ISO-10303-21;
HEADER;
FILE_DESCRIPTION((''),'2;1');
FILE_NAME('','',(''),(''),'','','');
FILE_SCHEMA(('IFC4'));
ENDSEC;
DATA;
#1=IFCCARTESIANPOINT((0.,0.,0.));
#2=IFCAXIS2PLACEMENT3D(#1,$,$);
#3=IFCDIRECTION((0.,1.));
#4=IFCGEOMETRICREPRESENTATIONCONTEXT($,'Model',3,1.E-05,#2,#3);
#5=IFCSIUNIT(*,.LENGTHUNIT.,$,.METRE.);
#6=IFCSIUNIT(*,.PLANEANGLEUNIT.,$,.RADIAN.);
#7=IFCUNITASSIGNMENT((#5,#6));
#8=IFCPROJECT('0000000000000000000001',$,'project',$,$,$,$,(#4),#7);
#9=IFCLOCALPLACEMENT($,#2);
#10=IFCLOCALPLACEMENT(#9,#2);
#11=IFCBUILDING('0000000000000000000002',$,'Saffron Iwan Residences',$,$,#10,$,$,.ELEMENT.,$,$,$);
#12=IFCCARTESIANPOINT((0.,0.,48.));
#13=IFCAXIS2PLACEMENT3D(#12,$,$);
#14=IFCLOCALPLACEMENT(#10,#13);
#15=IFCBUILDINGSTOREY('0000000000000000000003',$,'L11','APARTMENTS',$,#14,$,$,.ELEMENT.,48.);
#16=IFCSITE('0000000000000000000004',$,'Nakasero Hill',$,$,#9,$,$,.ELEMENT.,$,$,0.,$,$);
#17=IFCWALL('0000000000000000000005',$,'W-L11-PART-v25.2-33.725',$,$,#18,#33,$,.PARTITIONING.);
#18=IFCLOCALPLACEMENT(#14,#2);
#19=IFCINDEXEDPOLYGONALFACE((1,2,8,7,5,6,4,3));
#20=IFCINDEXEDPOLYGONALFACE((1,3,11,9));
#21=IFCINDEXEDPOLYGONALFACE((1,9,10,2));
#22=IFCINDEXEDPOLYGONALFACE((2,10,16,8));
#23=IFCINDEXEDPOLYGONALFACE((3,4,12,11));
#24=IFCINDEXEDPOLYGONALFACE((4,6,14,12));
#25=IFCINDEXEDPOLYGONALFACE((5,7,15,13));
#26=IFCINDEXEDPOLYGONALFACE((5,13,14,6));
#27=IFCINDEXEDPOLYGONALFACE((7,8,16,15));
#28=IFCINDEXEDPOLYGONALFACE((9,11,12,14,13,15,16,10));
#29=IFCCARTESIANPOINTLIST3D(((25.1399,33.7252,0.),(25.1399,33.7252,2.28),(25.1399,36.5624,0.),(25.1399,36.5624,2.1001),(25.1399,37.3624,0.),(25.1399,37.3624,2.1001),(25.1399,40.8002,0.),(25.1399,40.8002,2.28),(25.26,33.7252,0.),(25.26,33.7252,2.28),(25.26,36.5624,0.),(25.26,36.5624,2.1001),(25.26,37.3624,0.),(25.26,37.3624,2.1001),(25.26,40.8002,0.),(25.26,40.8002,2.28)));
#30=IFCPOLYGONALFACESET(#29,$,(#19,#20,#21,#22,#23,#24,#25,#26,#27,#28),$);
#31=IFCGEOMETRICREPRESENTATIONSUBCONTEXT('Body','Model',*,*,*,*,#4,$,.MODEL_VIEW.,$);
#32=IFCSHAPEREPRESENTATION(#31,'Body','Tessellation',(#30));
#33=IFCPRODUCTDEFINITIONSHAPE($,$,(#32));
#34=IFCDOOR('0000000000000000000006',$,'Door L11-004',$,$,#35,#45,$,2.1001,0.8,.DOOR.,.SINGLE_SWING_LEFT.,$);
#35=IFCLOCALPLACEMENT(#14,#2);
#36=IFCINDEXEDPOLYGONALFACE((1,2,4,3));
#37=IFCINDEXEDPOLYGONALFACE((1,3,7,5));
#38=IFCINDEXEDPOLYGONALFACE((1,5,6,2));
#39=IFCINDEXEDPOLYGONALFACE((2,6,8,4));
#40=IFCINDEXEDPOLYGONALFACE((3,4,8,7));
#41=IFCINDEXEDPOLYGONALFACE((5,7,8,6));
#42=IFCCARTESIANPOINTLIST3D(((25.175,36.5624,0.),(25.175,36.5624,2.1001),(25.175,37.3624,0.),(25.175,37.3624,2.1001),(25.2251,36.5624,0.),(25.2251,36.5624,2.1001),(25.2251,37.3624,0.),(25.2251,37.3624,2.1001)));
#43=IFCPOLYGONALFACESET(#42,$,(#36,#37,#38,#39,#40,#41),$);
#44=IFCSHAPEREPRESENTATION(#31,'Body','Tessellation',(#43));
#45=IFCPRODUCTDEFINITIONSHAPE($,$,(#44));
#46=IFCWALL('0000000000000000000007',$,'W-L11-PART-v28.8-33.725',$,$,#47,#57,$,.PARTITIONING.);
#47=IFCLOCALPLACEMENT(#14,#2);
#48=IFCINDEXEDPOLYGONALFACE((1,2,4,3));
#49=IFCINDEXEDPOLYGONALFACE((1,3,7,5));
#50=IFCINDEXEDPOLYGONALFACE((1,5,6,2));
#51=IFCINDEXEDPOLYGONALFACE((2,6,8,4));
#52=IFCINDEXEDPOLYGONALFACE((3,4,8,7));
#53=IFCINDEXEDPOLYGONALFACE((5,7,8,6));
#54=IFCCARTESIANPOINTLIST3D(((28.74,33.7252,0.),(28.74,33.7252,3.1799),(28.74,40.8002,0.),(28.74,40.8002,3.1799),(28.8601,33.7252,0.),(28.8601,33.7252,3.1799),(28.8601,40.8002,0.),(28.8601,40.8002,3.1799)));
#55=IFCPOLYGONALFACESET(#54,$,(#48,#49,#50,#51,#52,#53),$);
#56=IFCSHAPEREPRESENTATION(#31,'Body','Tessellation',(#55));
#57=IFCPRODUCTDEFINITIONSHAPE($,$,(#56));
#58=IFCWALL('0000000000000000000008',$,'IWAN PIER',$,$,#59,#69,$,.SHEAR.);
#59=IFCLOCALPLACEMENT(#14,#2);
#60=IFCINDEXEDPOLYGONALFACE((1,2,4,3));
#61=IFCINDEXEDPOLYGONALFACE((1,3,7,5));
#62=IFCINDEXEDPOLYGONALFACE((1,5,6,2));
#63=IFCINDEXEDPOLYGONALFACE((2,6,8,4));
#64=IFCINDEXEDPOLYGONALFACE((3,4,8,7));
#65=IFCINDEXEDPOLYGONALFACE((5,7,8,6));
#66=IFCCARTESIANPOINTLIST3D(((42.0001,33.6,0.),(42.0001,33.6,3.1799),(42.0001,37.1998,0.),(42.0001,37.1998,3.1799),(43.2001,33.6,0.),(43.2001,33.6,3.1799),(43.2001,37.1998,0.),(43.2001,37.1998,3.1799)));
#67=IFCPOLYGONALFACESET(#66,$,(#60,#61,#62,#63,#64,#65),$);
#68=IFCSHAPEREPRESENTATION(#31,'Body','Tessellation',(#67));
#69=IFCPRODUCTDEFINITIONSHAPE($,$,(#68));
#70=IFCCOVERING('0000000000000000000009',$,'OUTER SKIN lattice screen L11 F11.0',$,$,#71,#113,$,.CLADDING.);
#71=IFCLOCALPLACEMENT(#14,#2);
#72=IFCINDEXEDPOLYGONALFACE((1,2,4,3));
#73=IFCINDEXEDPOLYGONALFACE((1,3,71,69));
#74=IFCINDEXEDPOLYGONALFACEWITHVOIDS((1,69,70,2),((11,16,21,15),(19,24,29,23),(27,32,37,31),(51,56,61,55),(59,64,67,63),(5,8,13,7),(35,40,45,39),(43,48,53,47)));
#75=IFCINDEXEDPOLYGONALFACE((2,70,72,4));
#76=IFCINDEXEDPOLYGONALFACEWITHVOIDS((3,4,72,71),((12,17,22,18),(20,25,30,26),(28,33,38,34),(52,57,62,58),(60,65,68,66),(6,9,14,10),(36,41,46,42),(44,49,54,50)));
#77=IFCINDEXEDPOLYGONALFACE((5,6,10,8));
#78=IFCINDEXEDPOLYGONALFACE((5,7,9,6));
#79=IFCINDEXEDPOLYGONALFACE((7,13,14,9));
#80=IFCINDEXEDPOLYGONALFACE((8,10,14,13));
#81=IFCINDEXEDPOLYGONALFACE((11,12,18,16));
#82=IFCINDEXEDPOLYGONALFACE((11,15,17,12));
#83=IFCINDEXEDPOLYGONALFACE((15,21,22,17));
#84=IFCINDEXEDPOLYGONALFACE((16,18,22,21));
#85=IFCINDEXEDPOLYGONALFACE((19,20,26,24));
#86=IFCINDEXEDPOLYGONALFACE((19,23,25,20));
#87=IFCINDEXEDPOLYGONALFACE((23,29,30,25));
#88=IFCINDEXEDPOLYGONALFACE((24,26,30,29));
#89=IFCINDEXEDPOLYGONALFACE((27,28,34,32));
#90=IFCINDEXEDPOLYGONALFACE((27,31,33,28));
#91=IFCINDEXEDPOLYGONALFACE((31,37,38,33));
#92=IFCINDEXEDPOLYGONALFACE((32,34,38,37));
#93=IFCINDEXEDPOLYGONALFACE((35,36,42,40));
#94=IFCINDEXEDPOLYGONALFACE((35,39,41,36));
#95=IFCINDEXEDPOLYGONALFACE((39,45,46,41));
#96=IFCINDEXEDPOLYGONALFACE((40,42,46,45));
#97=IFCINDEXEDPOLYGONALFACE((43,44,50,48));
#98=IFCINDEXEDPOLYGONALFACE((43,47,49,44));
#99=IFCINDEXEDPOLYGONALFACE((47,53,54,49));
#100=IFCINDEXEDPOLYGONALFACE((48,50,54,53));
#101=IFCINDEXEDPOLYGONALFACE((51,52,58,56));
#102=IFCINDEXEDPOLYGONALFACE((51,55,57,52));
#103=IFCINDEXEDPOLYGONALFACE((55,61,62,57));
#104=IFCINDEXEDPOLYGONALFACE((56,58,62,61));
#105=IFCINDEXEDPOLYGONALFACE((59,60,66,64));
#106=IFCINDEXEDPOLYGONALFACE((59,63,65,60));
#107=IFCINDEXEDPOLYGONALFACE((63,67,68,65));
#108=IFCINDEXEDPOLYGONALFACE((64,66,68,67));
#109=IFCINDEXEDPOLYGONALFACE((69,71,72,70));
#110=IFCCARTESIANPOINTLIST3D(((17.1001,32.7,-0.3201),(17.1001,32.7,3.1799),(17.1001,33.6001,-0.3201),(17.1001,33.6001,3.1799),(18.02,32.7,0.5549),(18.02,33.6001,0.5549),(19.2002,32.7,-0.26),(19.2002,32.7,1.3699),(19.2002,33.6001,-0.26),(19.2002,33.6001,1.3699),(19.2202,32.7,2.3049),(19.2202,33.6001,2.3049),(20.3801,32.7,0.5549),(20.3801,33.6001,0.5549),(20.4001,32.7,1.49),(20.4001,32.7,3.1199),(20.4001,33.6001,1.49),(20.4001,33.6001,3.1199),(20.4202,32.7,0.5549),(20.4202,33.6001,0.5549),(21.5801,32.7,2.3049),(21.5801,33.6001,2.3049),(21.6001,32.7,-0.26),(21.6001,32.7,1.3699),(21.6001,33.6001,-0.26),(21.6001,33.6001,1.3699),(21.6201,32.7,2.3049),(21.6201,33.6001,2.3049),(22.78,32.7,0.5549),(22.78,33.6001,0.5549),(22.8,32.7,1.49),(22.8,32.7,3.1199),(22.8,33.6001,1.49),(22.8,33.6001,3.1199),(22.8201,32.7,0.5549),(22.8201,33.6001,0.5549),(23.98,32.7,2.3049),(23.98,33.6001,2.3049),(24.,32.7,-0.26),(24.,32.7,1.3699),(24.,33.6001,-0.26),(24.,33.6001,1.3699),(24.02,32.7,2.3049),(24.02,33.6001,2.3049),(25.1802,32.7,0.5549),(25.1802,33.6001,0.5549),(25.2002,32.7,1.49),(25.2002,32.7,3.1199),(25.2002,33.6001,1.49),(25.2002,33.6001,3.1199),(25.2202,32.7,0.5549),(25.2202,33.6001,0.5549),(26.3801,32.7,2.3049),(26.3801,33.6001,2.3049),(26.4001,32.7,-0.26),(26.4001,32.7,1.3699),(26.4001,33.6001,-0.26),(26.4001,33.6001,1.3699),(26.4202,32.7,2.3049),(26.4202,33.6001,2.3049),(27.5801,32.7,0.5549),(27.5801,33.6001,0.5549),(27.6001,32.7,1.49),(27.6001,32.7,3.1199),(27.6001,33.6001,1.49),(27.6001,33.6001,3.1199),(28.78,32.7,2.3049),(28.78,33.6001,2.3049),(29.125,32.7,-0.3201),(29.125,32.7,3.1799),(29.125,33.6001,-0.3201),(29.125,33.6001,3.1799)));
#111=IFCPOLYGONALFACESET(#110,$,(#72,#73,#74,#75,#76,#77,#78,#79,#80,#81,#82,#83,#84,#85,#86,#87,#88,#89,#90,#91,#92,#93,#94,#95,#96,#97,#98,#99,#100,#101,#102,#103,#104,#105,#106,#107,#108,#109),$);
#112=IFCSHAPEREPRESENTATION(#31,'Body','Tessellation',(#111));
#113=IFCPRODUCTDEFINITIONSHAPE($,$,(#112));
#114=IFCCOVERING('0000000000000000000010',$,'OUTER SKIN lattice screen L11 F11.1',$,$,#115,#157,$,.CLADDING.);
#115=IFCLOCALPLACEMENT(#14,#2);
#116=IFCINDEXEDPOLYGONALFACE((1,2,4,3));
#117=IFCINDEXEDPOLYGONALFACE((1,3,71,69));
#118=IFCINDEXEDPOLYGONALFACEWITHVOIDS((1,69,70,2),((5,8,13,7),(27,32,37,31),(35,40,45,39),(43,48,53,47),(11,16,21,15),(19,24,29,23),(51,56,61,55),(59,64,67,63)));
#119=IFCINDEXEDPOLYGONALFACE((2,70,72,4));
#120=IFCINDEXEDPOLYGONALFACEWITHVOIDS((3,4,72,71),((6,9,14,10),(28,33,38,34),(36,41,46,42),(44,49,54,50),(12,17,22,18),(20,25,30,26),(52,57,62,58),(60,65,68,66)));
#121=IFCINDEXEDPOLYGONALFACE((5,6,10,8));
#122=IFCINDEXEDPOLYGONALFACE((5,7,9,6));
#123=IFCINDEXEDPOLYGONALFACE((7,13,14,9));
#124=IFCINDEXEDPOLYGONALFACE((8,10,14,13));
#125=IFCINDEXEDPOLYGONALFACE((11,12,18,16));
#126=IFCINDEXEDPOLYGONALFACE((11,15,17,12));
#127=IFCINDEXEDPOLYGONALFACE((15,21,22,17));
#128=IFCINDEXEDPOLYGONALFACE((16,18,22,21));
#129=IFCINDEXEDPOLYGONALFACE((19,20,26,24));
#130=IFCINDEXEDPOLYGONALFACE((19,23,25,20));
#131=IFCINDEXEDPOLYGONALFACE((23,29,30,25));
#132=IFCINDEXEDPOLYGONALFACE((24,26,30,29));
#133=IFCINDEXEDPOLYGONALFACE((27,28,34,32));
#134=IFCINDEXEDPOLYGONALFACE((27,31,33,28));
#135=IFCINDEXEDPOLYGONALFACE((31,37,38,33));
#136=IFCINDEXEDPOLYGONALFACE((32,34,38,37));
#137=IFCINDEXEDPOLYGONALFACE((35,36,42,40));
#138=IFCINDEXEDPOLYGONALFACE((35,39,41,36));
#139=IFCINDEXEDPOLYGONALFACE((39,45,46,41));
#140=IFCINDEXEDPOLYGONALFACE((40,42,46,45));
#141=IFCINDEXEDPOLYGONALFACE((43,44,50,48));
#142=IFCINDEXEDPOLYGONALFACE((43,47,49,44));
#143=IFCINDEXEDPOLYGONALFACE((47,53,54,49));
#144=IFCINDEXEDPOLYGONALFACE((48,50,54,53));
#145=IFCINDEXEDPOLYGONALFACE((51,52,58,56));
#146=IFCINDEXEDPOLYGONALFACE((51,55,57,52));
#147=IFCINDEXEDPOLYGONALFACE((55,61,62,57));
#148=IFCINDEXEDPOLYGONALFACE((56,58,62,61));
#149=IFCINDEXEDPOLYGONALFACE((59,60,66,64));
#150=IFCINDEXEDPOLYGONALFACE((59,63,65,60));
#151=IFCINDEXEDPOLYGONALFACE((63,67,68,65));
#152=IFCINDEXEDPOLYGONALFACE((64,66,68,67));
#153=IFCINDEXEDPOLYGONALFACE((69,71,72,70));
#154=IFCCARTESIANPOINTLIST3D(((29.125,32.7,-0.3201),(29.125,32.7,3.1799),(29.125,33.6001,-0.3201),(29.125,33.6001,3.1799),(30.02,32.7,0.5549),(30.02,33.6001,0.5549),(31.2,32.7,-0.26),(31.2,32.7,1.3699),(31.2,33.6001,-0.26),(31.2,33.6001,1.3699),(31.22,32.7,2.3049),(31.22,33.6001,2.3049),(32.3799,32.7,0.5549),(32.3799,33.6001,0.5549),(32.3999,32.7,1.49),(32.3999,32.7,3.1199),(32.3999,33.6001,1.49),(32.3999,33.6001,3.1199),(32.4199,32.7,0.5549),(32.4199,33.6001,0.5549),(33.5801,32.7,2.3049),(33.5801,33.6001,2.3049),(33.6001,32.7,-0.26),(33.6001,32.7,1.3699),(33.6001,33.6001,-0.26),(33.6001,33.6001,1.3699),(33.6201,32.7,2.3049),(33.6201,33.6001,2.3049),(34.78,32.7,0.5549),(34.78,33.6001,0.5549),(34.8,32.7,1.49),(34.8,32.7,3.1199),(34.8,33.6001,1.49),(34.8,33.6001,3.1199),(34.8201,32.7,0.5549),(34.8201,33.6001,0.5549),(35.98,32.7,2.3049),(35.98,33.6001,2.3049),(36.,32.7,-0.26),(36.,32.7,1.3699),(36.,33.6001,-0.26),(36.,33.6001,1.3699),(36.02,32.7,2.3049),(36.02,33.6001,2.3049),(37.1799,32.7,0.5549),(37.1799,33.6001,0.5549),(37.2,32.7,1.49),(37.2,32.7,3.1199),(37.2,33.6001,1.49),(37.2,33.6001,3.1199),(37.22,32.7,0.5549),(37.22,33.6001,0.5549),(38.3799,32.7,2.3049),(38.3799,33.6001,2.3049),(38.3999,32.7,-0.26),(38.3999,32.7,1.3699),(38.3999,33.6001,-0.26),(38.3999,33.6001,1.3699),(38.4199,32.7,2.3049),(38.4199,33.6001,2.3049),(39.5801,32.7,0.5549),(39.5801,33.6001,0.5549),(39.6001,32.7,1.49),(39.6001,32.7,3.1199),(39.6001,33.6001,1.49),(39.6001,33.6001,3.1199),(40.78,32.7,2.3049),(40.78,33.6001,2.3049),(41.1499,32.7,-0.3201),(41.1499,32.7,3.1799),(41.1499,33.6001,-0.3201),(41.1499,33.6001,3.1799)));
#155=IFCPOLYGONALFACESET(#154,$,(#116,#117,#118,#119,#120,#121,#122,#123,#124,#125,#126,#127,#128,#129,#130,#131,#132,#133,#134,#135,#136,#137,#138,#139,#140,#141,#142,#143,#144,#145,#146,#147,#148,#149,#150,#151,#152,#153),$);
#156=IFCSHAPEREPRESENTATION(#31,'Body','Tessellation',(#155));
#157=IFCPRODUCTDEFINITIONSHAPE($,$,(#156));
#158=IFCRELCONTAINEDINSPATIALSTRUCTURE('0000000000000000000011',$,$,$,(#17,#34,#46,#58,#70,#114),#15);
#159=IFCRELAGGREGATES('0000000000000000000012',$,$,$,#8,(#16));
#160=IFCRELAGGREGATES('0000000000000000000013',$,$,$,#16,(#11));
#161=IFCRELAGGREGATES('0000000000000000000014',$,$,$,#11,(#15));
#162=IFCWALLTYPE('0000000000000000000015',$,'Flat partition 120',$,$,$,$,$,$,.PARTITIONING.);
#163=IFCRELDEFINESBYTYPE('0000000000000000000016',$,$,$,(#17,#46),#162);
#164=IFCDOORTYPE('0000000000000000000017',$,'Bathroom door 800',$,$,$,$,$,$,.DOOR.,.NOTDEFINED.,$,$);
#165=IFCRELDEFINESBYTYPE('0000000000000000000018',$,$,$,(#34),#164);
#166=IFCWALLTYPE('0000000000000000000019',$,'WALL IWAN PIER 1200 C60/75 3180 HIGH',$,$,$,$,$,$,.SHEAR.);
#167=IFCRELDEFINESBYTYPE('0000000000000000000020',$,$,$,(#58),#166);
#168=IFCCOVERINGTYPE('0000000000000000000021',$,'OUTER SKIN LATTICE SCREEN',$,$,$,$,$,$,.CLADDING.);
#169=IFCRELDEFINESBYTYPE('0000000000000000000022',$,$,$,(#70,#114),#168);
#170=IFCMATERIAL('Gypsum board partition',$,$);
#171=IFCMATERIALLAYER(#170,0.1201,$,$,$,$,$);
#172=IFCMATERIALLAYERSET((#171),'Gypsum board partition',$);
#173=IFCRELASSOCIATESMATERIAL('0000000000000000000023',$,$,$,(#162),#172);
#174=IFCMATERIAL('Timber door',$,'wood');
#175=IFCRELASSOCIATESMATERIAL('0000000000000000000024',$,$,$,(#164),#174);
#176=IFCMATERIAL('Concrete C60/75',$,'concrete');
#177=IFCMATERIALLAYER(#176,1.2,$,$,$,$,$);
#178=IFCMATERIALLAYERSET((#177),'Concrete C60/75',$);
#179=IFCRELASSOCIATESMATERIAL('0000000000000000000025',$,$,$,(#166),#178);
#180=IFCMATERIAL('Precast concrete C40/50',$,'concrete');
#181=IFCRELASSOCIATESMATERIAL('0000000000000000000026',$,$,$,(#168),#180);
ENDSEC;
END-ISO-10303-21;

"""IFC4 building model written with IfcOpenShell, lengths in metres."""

from ifc_helpers import new_model, si_unit, direction, frame, frame_2d, origin, place, context, subcontext, project, spatial, polyline, rectangle, outline, extrude, material, layer, layer_set, type_object, element, fill, save


model = new_model("IFC4")

# Units and contexts
model_context = context("Model", 3, precision=1e-05, world=origin(), true_north=direction((0.0, 1.0)))
body_context = subcontext(model_context, "Body", "Model", "MODEL_VIEW")
ifc_project = project(units=[si_unit("LENGTHUNIT", "METRE"), si_unit("PLANEANGLEUNIT", "RADIAN")], contexts=[model_context])

# Site, building, storey
site_placement = place(None, origin())
site = spatial("IfcSite", under=ifc_project, at=site_placement, Name="Nakasero Hill", CompositionType="ELEMENT", RefElevation=0.0)
building_placement = place(site_placement, origin())
building = spatial("IfcBuilding", under=site, at=building_placement, Name="Saffron Iwan Residences", CompositionType="ELEMENT")
storey_placement = place(building_placement, frame((0.0, 0.0, 48.0)))
storey = spatial("IfcBuildingStorey", under=building, at=storey_placement, Name="L11", Description="APARTMENTS", CompositionType="ELEMENT", Elevation=48.0)

# Shared definitions
ifc_material_1 = material(Name="Gypsum board partition")
ifc_layer_1 = layer(ifc_material_1, 0.1201)
ifc_layer_set_1 = layer_set([ifc_layer_1], Name="Gypsum board partition")
wall_type_1 = type_object("IfcWallType", Name="Flat partition 120", PredefinedType="PARTITIONING", material=ifc_layer_set_1)
ifc_material_2 = material(Name="Timber door", Category="wood")

# Wall, opening, door
wall_1_placement = place(storey_placement, frame((25.2, 33.7251, 0.0), z_axis=(0.0, 0.0, 1.0), x_axis=(0.0, 1.0, 0.0)))
wall_1 = element("IfcWall", 1, at=wall_1_placement, inside=storey, type_object=wall_type_1, Name="W-L11-PART-v25.2-33.725", PredefinedType="PARTITIONING", context=body_context, shape_type="SweptSolid", body=[
    extrude(rectangle(XDim=7.075, YDim=0.1201, at=frame_2d((3.5376, 0.0))), origin(), (0.0, 0.0, 1.0), 2.28),
])
opening_1_placement = place(wall_1_placement, frame((2.8374, 0.0, 0.0)))
opening_1 = element("IfcOpeningElement", 2, at=opening_1_placement, cuts=wall_1, PredefinedType="OPENING", context=body_context, shape_type="SweptSolid", body=[
    extrude(rectangle(XDim=0.8, YDim=2.1001, at=frame_2d((0.3999, 1.05))), frame((0.0, 0.0701, 0.0), z_axis=(0.0, -1.0, 0.0), x_axis=(1.0, 0.0, 0.0)), (0.0, 0.0, 1.0), 0.1401),
])
door_type_1 = type_object("IfcDoorType", Name="Bathroom door 800", OperationType="NOTDEFINED", PredefinedType="DOOR", material=ifc_material_2)
door_1_placement = place(opening_1_placement, origin())
door_1 = element("IfcDoor", 3, at=door_1_placement, inside=storey, type_object=door_type_1, Name="Door L11-004", OperationType="SINGLE_SWING_LEFT", OverallHeight=2.1001, OverallWidth=0.8, PredefinedType="DOOR", context=body_context, shape_type="SweptSolid", body=[
    extrude(rectangle(XDim=0.8, YDim=2.1001, at=frame_2d((0.3999, 1.05))), frame((0.0, 0.0249, 0.0), z_axis=(0.0, -1.0, 0.0), x_axis=(1.0, 0.0, 0.0)), (0.0, 0.0, 1.0), 0.05),
])
fill(opening_1, door_1)

# Walls
wall_2_placement = place(storey_placement, frame((28.8, 33.7251, 0.0), z_axis=(0.0, 0.0, 1.0), x_axis=(0.0, 1.0, 0.0)))
element("IfcWall", 4, at=wall_2_placement, inside=storey, type_object=wall_type_1, Name="W-L11-PART-v28.8-33.725", PredefinedType="PARTITIONING", context=body_context, shape_type="SweptSolid", body=[
    extrude(rectangle(XDim=7.075, YDim=0.1201, at=frame_2d((3.5376, 0.0))), origin(), (0.0, 0.0, 1.0), 3.1799),
])
ifc_material_3 = material(Name="Concrete C60/75", Category="concrete")
ifc_layer_2 = layer(ifc_material_3, 1.2)
ifc_layer_set_2 = layer_set([ifc_layer_2], Name="Concrete C60/75")
wall_type_2 = type_object("IfcWallType", Name="WALL IWAN PIER 1200 C60/75 3180 HIGH", PredefinedType="SHEAR", material=ifc_layer_set_2)
wall_3_placement = place(storey_placement, frame((42.6001, 33.6001, 0.0), z_axis=(0.0, 0.0, 1.0), x_axis=(0.0, 1.0, 0.0)))
element("IfcWall", 5, at=wall_3_placement, inside=storey, type_object=wall_type_2, Name="IWAN PIER", PredefinedType="SHEAR", context=body_context, shape_type="SweptSolid", body=[
    extrude(rectangle(XDim=3.5999, YDim=1.2, at=frame_2d((1.7998, 0.0))), origin(), (0.0, 0.0, 1.0), 3.1799),
])

# Coverings
ifc_material_4 = material(Name="Precast concrete C40/50", Category="concrete")
covering_type = type_object("IfcCoveringType", Name="OUTER SKIN LATTICE SCREEN", PredefinedType="CLADDING", material=ifc_material_4)
covering_1_placement = place(storey_placement, frame((17.1001, 33.6001, -0.3201), z_axis=(0.0, -1.0, 0.0), x_axis=(1.0, 0.0, 0.0)))
element("IfcCovering", 6, at=covering_1_placement, inside=storey, type_object=covering_type, Name="OUTER SKIN lattice screen L11 F11.0", PredefinedType="CLADDING", context=body_context, shape_type="SweptSolid", body=[
    extrude(outline(polyline([(0.0, 0.0), (12.0249, 0.0), (12.0249, 3.5), (0.0, 3.5), (0.0, 0.0)]), holes=[polyline([(0.9199, 0.875), (2.1001, 0.0601), (3.28, 0.875), (2.1001, 1.6899), (0.9199, 0.875)]), polyline([(3.3201, 0.875), (4.5, 0.0601), (5.6799, 0.875), (4.5, 1.6899), (3.3201, 0.875)]), polyline([(5.72, 0.875), (6.8999, 0.0601), (8.0801, 0.875), (6.8999, 1.6899), (5.72, 0.875)]), polyline([(8.1201, 0.875), (9.3, 0.0601), (10.48, 0.875), (9.3, 1.6899), (8.1201, 0.875)]), polyline([(2.1201, 2.625), (3.3, 1.8101), (4.48, 2.625), (3.3, 3.4399), (2.1201, 2.625)]), polyline([(4.52, 2.625), (5.7, 1.8101), (6.8799, 2.625), (5.7, 3.4399), (4.52, 2.625)]), polyline([(6.9199, 2.625), (8.1001, 1.8101), (9.28, 2.625), (8.1001, 3.4399), (6.9199, 2.625)]), polyline([(9.3201, 2.625), (10.5, 1.8101), (11.6799, 2.625), (10.5, 3.4399), (9.3201, 2.625)])]), origin(), (0.0, 0.0, 1.0), 0.9001),
])
covering_2_placement = place(storey_placement, frame((29.125, 33.6001, -0.3201), z_axis=(0.0, -1.0, 0.0), x_axis=(1.0, 0.0, 0.0)))
element("IfcCovering", 7, at=covering_2_placement, inside=storey, type_object=covering_type, Name="OUTER SKIN lattice screen L11 F11.1", PredefinedType="CLADDING", context=body_context, shape_type="SweptSolid", body=[
    extrude(outline(polyline([(0.0, 0.0), (12.0249, 0.0), (12.0249, 3.5), (0.0, 3.5), (0.0, 0.0)]), holes=[polyline([(0.895, 0.875), (2.075, 0.0601), (3.2549, 0.875), (2.075, 1.6899), (0.895, 0.875)]), polyline([(3.2949, 0.875), (4.4751, 0.0601), (5.655, 0.875), (4.4751, 1.6899), (3.2949, 0.875)]), polyline([(5.6951, 0.875), (6.875, 0.0601), (8.0549, 0.875), (6.875, 1.6899), (5.6951, 0.875)]), polyline([(8.095, 0.875), (9.2749, 0.0601), (10.4551, 0.875), (9.2749, 1.6899), (8.095, 0.875)]), polyline([(2.095, 2.625), (3.2749, 1.8101), (4.4551, 2.625), (3.2749, 3.4399), (2.095, 2.625)]), polyline([(4.4951, 2.625), (5.675, 1.8101), (6.855, 2.625), (5.675, 3.4399), (4.4951, 2.625)]), polyline([(6.895, 2.625), (8.075, 1.8101), (9.2549, 2.625), (8.075, 3.4399), (6.895, 2.625)]), polyline([(9.2949, 2.625), (10.4751, 1.8101), (11.655, 2.625), (10.4751, 3.4399), (9.2949, 2.625)])]), origin(), (0.0, 0.0, 1.0), 0.9001),
])

save(model, "model.ifc")
